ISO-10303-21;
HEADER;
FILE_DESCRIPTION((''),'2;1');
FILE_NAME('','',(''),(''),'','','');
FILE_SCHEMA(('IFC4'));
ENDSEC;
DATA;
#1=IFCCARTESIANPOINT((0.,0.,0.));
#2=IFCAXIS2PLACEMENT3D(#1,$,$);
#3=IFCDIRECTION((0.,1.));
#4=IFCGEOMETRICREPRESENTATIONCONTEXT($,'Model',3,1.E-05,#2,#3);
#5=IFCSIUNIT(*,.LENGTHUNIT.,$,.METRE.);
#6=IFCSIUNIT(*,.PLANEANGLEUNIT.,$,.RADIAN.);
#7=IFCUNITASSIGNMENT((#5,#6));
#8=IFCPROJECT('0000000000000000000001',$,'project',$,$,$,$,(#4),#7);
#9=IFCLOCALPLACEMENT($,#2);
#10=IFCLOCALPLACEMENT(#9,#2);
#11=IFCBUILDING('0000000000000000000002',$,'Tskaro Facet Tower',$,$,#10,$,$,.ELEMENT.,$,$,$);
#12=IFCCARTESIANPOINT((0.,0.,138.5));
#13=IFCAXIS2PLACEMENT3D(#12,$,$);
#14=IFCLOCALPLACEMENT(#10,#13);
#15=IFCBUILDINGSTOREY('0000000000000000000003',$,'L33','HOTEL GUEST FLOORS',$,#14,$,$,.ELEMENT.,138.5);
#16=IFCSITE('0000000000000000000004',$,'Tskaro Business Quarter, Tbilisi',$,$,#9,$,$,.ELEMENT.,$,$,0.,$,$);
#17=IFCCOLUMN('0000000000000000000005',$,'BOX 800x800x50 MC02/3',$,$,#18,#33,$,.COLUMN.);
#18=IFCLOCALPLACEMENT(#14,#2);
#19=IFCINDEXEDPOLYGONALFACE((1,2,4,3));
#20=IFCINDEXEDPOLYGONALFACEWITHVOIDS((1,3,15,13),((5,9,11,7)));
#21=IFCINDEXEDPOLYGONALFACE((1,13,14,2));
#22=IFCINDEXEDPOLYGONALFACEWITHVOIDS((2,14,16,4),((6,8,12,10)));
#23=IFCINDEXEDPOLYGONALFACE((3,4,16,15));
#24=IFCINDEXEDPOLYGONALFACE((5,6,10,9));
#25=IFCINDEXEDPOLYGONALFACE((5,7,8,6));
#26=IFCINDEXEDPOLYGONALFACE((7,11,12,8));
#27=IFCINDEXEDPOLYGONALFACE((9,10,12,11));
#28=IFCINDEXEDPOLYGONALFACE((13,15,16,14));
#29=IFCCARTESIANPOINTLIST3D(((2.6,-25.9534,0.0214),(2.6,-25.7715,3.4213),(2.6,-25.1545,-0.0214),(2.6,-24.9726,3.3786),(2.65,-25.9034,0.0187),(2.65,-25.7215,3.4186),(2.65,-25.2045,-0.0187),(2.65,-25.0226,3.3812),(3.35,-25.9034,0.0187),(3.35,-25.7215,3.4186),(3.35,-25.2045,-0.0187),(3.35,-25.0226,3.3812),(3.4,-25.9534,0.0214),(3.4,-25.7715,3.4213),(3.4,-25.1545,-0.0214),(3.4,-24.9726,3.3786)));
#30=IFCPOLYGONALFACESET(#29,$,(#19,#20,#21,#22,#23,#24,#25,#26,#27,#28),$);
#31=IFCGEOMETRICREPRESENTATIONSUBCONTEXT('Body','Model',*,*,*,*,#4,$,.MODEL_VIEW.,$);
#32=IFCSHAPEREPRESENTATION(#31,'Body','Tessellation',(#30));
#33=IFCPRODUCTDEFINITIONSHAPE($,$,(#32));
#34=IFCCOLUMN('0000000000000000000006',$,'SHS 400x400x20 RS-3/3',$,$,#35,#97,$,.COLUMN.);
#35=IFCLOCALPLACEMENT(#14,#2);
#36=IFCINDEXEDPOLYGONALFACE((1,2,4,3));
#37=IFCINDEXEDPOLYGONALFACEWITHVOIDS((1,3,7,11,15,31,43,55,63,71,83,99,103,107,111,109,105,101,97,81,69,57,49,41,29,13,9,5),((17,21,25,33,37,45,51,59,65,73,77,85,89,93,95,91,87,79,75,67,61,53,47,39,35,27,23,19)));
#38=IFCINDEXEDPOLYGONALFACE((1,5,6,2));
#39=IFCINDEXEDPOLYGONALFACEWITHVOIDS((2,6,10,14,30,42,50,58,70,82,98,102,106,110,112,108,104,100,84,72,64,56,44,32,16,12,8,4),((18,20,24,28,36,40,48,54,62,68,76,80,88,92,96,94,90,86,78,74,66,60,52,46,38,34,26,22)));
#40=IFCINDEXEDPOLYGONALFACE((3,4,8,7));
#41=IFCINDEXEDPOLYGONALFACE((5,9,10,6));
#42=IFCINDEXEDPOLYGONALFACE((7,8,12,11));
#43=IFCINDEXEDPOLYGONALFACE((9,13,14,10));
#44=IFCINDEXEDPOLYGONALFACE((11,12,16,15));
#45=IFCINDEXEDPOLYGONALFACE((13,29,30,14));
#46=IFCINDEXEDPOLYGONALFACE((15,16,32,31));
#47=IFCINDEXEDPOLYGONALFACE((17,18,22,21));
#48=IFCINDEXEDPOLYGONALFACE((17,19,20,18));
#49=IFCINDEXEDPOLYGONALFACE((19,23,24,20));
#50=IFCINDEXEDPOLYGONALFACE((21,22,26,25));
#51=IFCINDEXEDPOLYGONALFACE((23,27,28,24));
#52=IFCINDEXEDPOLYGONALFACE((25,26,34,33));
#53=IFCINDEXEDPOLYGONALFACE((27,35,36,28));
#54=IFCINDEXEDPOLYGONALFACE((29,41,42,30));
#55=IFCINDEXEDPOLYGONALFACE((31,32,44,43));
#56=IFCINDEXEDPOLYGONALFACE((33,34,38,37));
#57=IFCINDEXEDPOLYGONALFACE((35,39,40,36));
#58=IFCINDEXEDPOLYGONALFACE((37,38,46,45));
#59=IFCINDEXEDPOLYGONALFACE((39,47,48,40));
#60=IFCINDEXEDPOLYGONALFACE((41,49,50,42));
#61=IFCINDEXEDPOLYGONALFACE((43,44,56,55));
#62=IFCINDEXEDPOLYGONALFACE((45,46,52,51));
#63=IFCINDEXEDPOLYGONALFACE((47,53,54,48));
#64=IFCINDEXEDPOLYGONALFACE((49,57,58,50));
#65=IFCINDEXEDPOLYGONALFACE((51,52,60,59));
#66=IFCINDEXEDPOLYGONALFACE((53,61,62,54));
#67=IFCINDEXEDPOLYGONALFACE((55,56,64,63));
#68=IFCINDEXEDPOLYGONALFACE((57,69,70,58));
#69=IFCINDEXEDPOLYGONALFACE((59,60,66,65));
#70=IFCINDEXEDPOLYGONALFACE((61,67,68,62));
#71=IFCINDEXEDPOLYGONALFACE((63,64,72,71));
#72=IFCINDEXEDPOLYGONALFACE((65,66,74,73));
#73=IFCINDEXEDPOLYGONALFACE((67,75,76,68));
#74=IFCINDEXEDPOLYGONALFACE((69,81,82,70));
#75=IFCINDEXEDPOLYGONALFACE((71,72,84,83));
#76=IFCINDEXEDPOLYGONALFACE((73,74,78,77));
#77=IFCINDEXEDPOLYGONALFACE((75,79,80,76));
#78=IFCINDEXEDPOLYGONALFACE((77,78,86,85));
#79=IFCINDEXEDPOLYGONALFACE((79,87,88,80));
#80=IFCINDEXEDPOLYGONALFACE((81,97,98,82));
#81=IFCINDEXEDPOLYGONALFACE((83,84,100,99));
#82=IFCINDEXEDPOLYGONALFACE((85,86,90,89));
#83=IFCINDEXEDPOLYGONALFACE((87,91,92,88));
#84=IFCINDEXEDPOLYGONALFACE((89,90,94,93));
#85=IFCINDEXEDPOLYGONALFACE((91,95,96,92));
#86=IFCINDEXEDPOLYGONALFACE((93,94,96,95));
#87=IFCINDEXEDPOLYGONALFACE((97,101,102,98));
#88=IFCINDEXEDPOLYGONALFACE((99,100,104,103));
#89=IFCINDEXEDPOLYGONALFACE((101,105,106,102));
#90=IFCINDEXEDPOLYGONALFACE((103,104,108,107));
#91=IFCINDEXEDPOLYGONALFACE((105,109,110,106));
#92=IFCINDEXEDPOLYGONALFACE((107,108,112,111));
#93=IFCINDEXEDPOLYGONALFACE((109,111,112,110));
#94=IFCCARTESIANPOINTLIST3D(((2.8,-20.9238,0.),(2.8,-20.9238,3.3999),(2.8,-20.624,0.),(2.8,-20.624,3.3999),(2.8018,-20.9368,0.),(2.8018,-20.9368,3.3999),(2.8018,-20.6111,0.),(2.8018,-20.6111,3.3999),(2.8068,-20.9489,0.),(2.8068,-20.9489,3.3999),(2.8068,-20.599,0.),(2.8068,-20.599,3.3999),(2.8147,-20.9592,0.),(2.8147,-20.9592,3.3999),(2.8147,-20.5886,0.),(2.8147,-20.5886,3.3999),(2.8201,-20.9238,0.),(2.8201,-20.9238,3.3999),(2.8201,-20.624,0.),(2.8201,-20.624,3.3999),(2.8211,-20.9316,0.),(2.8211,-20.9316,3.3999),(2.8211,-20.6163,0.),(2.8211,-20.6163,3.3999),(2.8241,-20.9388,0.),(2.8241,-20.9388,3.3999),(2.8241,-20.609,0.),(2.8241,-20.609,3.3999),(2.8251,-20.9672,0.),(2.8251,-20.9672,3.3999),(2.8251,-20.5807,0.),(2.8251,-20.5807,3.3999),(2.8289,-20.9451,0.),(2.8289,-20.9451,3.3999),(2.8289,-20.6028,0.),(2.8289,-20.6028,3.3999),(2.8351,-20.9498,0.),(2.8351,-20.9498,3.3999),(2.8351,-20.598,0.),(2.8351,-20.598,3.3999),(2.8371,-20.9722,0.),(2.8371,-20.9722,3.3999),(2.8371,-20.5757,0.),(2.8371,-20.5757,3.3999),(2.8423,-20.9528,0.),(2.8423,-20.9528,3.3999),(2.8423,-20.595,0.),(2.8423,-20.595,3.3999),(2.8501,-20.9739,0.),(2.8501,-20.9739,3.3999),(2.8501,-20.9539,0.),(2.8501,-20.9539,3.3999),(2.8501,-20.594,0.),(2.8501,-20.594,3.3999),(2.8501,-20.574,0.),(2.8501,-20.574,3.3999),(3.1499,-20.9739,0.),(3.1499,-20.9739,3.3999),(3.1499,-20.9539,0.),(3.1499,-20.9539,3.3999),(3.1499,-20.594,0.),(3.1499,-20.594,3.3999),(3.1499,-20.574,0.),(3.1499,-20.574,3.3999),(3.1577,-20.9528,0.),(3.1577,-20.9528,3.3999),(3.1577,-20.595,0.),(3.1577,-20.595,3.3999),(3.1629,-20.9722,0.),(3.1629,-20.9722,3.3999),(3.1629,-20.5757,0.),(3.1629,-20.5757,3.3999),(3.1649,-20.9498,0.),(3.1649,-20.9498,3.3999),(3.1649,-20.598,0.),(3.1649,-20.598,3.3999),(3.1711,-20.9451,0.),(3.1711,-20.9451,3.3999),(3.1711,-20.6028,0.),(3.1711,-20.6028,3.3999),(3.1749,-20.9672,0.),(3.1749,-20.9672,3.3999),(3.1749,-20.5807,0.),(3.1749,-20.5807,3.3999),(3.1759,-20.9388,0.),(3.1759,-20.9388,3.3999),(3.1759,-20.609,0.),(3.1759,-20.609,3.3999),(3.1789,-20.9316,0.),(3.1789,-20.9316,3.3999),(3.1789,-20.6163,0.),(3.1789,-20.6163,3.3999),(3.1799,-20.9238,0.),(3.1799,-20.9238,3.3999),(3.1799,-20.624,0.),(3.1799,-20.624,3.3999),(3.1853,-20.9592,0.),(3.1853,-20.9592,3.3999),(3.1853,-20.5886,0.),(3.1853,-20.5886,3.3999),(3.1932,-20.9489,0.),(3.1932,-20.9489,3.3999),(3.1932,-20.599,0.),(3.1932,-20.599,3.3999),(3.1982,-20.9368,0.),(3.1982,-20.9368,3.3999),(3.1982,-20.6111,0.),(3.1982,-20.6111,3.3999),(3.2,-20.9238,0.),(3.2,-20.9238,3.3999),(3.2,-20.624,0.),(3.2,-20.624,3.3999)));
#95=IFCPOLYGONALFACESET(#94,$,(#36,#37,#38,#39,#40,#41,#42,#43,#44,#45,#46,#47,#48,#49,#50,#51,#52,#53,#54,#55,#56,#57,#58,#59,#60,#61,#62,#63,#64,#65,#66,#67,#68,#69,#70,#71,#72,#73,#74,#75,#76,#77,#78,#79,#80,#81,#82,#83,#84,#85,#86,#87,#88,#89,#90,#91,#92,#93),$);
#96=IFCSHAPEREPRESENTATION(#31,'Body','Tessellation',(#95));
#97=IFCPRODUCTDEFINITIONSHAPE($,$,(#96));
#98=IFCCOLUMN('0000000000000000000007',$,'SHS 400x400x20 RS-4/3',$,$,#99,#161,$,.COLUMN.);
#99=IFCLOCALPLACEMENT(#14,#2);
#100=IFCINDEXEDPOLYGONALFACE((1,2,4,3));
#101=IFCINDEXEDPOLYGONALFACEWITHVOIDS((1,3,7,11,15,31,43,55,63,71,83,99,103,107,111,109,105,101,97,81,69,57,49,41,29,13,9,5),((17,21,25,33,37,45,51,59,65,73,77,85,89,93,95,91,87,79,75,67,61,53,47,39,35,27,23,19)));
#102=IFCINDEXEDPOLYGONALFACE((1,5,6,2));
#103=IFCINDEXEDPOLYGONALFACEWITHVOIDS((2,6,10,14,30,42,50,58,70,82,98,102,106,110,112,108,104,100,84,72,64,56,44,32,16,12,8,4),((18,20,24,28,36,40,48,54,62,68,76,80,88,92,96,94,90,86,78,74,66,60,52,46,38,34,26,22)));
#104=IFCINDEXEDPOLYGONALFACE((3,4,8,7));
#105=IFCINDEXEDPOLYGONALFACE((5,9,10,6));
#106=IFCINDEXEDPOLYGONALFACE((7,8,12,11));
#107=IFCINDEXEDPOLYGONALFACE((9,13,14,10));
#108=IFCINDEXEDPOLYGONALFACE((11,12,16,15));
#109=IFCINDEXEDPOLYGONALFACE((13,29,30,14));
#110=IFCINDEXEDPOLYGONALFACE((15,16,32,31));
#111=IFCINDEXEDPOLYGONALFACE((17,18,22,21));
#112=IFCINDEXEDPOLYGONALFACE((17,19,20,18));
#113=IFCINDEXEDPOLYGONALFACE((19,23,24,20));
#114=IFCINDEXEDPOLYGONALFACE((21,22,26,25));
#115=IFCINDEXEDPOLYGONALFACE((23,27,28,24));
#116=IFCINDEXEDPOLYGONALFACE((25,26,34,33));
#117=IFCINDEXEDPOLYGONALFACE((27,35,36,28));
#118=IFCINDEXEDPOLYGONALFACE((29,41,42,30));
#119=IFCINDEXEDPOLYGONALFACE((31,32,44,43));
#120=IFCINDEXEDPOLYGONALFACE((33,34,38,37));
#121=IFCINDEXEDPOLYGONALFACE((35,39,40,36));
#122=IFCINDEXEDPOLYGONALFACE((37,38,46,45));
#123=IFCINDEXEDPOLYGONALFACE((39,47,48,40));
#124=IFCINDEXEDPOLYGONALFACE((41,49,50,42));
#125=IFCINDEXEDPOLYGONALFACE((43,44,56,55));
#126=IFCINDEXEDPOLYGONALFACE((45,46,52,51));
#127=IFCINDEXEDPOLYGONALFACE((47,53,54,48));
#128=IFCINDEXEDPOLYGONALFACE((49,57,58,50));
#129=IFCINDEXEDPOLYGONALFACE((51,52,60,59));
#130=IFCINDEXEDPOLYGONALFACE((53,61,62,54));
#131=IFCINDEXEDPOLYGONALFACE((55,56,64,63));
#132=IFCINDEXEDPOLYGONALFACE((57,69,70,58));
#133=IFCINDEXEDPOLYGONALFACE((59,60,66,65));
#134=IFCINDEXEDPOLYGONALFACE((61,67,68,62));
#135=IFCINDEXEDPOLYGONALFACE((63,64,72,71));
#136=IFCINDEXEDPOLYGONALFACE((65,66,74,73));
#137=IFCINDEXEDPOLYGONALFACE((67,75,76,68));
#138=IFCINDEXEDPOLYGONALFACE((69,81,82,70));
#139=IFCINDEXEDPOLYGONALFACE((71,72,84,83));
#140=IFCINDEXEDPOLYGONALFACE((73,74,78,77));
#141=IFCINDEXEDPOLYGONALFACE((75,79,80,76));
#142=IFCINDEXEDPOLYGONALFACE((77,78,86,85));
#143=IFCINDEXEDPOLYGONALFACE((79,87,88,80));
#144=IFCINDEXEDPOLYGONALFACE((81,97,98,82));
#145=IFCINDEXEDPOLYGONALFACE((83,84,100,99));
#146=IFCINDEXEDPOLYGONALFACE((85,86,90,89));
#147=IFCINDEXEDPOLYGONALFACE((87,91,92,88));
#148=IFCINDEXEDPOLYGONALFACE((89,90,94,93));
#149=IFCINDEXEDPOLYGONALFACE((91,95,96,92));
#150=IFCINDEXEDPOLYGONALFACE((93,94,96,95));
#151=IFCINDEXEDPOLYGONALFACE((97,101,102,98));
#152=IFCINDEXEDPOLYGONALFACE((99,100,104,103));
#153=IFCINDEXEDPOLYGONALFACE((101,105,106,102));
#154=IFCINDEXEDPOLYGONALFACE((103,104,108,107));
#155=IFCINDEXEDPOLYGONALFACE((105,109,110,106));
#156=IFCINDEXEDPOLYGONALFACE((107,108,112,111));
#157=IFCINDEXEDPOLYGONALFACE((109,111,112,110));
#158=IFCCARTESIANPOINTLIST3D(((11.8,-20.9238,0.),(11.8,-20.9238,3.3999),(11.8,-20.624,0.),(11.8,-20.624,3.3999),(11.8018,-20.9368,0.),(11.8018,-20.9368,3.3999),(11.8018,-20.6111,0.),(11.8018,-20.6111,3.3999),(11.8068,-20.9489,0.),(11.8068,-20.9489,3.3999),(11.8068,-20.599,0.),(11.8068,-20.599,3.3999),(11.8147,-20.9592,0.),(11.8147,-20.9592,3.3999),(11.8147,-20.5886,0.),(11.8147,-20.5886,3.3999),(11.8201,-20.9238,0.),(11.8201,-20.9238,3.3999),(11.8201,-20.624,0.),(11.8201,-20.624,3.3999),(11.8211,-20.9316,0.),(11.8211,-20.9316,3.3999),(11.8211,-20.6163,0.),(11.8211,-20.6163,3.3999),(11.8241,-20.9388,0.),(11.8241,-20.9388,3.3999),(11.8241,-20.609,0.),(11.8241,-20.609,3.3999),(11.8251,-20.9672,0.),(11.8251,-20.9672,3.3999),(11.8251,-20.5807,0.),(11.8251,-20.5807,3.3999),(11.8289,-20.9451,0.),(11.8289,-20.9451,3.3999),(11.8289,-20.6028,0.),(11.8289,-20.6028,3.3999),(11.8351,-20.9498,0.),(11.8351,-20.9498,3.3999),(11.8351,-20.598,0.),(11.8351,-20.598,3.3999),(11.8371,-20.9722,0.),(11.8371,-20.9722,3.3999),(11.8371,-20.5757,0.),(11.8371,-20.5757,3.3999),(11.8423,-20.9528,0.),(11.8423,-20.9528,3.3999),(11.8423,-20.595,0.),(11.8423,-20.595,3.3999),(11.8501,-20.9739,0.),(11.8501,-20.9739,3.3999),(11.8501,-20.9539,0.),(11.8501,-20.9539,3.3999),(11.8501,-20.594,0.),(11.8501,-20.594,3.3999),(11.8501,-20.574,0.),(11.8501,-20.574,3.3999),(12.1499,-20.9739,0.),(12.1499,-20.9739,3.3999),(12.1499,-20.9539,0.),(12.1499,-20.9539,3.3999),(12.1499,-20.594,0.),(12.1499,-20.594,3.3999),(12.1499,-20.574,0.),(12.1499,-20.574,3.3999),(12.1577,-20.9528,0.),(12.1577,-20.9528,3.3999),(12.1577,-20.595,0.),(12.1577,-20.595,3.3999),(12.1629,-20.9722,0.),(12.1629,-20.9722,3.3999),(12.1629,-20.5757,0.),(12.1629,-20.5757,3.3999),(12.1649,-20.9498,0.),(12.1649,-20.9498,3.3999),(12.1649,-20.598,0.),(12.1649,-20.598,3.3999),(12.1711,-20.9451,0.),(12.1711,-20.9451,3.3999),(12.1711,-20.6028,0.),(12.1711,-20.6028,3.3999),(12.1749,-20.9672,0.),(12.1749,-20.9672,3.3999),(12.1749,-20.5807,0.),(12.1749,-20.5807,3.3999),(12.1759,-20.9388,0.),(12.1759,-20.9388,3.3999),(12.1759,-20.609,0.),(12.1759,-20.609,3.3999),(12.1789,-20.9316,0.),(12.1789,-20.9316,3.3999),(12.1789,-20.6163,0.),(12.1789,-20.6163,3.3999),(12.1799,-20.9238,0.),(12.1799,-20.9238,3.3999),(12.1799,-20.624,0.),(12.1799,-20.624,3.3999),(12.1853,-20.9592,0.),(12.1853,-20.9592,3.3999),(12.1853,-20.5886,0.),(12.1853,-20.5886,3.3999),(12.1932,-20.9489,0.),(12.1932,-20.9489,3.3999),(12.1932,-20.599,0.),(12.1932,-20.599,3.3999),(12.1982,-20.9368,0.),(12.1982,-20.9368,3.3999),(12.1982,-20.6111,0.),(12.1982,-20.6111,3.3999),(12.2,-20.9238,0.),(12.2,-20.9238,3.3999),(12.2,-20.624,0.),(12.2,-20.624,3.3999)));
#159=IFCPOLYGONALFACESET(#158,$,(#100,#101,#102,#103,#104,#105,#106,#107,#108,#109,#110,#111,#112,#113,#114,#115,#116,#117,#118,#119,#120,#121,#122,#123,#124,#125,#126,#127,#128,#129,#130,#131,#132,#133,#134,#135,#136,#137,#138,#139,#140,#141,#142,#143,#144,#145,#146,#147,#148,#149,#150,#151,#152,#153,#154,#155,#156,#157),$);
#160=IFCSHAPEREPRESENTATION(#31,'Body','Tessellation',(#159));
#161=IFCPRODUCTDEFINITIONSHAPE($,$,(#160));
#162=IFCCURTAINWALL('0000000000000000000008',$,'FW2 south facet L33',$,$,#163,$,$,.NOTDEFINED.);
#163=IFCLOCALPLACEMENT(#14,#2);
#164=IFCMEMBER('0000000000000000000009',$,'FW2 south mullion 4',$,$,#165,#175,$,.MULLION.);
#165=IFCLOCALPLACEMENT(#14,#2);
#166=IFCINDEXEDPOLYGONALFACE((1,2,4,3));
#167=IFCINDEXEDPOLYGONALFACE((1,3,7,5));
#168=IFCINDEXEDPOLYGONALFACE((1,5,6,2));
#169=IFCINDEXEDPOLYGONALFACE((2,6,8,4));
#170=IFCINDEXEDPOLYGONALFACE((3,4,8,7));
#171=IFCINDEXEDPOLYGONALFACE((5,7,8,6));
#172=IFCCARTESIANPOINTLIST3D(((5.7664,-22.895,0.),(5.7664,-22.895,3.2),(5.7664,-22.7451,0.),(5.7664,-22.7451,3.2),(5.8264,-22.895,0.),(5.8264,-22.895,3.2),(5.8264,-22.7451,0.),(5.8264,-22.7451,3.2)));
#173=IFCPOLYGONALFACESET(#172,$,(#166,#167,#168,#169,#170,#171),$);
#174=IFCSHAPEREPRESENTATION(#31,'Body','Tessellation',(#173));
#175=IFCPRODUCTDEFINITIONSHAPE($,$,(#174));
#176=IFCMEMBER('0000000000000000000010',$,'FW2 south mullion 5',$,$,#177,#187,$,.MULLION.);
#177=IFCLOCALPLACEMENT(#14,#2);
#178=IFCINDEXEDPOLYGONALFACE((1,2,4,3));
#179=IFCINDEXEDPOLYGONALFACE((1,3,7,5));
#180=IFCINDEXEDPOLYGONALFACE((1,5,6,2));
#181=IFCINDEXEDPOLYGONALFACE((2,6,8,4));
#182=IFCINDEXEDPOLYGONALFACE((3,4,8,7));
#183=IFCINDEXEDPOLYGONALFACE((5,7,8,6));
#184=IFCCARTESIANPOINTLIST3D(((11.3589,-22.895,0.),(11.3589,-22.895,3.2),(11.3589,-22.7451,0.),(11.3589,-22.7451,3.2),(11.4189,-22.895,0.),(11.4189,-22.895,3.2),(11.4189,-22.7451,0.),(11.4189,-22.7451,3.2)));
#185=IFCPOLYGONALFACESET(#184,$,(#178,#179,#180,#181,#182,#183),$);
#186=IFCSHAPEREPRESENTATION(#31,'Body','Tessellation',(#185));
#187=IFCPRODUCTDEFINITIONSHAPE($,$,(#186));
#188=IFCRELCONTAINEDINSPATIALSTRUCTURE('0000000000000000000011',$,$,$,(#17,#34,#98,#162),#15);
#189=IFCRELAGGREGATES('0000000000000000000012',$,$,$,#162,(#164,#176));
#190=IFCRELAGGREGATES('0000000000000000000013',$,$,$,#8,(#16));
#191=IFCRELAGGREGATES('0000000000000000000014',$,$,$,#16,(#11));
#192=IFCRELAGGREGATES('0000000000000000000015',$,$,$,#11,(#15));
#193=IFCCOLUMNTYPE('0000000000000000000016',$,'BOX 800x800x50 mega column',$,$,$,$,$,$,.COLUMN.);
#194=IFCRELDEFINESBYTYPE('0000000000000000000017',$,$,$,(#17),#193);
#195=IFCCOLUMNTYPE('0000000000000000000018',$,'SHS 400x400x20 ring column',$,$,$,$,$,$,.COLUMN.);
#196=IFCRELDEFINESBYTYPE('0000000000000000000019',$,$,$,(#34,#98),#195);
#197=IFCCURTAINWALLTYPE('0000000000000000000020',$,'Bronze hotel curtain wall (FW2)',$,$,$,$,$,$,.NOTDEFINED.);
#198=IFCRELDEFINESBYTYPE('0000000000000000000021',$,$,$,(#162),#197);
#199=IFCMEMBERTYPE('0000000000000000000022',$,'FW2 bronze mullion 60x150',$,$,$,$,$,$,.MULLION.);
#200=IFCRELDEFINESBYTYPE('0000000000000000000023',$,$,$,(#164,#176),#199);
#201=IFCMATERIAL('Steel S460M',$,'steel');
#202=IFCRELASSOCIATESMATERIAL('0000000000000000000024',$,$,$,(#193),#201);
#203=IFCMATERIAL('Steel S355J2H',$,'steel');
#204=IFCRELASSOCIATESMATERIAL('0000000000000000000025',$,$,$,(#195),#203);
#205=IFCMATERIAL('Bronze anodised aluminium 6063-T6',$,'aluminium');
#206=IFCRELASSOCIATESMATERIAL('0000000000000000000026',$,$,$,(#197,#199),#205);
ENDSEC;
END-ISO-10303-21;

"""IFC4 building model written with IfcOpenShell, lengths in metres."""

from ifc_helpers import new_model, si_unit, direction, frame, origin, origin_2d, place, context, subcontext, project, spatial, rectangle, hollow_rectangle, extrude, material, material_profile, profile_set, type_object, element, aggregate, save


model = new_model("IFC4")

# Units and contexts
model_context = context("Model", 3, precision=1e-05, world=origin(), true_north=direction((0.0, 1.0)))
body_context = subcontext(model_context, "Body", "Model", "MODEL_VIEW")
ifc_project = project(units=[si_unit("LENGTHUNIT", "METRE"), si_unit("PLANEANGLEUNIT", "RADIAN")], contexts=[model_context])

# Site, building, storey
site_placement = place(None, origin())
site = spatial("IfcSite", under=ifc_project, at=site_placement, Name="Tskaro Business Quarter, Tbilisi", CompositionType="ELEMENT", RefElevation=0.0)
building_placement = place(site_placement, origin())
building = spatial("IfcBuilding", under=site, at=building_placement, Name="Tskaro Facet Tower", CompositionType="ELEMENT")
storey_placement = place(building_placement, frame((0.0, 0.0, 138.5)))
storey = spatial("IfcBuildingStorey", under=building, at=storey_placement, Name="L33", Description="HOTEL GUEST FLOORS", CompositionType="ELEMENT", Elevation=138.5)

# Columns
ifc_material_1 = material(Name="Steel S460M", Category="steel")
ifc_material_profile_1 = material_profile(ifc_material_1, hollow_rectangle(XDim=0.8, YDim=0.8, WallThickness=0.05, at=origin_2d()), Name="BOX 800x800x50")
ifc_profile_set_1 = profile_set([ifc_material_profile_1], Name="Steel S460M")
column_type_1 = type_object("IfcColumnType", Name="BOX 800x800x50 mega column", PredefinedType="COLUMN", material=ifc_profile_set_1)
column_placement = place(storey_placement, frame((3.0, -25.554, 0.0), z_axis=(0.0, 0.053421, 0.998572), x_axis=(-1.0, 0.0, 0.0)))
element("IfcColumn", 1, at=column_placement, inside=storey, type_object=column_type_1, Name="BOX 800x800x50 MC02/3", PredefinedType="COLUMN", context=body_context, shape_type="SweptSolid", body=[
    extrude(hollow_rectangle(XDim=0.8, YDim=0.8, WallThickness=0.05, at=origin_2d()), origin(), (0.0, 0.0, 1.0), 3.4048),
])
ifc_material_2 = material(Name="Steel S355J2H", Category="steel")
ifc_material_profile_2 = material_profile(ifc_material_2, hollow_rectangle(XDim=0.3999, YDim=0.3999, WallThickness=0.02, InnerFilletRadius=0.03, OuterFilletRadius=0.05, at=origin_2d()), Name="SHS 400x400x20")
ifc_profile_set_2 = profile_set([ifc_material_profile_2], Name="Steel S355J2H")
column_type_2 = type_object("IfcColumnType", Name="SHS 400x400x20 ring column", PredefinedType="COLUMN", material=ifc_profile_set_2)
for number, where, z_axis, x_axis, name in (
    (2, (3.0, -20.7739, 0.0), (0.0, 0.0, 1.0), (1.0, 0.0, 0.0), "SHS 400x400x20 RS-3/3"),
    (3, (12.0, -20.7739, 0.0), (0.0, 0.0, 1.0), (1.0, 0.0, 0.0), "SHS 400x400x20 RS-4/3"),
):
    element("IfcColumn", number, at=place(storey_placement, frame(where, z_axis=z_axis, x_axis=x_axis)), inside=storey, type_object=column_type_2, Name=name, PredefinedType="COLUMN", context=body_context, shape_type="SweptSolid", body=[
        extrude(hollow_rectangle(XDim=0.3999, YDim=0.3999, WallThickness=0.02, InnerFilletRadius=0.03, OuterFilletRadius=0.05, at=origin_2d()), origin(), (0.0, 0.0, 1.0), 3.3999),
    ])

# Curtain wall, members
ifc_material_3 = material(Name="Bronze anodised aluminium 6063-T6", Category="aluminium")
curtain_wall_type = type_object("IfcCurtainWallType", Name="Bronze hotel curtain wall (FW2)", PredefinedType="NOTDEFINED", material=ifc_material_3)
curtain_wall_placement = place(storey_placement, origin())
curtain_wall = element("IfcCurtainWall", 4, at=curtain_wall_placement, inside=storey, type_object=curtain_wall_type, Name="FW2 south facet L33", PredefinedType="NOTDEFINED")
ifc_material_profile_3 = material_profile(ifc_material_3, rectangle(XDim=0.0601, YDim=0.1499, at=origin_2d()), Name="Mullion 60x150")
ifc_profile_set_3 = profile_set([ifc_material_profile_3], Name="Bronze anodised aluminium 6063-T6")
member_type_1 = type_object("IfcMemberType", Name="FW2 bronze mullion 60x150", PredefinedType="MULLION", material=ifc_profile_set_3)
member_1_placement = place(storey_placement, frame((5.7964, -22.8201, 0.0), z_axis=(0.0, 0.0, 1.0), x_axis=(1.0, 0.0, 0.0)))
member_1 = element("IfcMember", 5, at=member_1_placement, type_object=member_type_1, Name="FW2 south mullion 4", PredefinedType="MULLION", context=body_context, shape_type="SweptSolid", body=[
    extrude(rectangle(XDim=0.0601, YDim=0.1499, at=origin_2d()), origin(), (0.0, 0.0, 1.0), 3.2),
])
member_2_placement = place(storey_placement, frame((11.3889, -22.8201, 0.0), z_axis=(0.0, 0.0, 1.0), x_axis=(1.0, 0.0, 0.0)))
member_2 = element("IfcMember", 6, at=member_2_placement, type_object=member_type_1, Name="FW2 south mullion 5", PredefinedType="MULLION", context=body_context, shape_type="SweptSolid", body=[
    extrude(rectangle(XDim=0.0601, YDim=0.1499, at=origin_2d()), origin(), (0.0, 0.0, 1.0), 3.2),
])

aggregate(curtain_wall, [member_1, member_2])

save(model, "model.ifc")
